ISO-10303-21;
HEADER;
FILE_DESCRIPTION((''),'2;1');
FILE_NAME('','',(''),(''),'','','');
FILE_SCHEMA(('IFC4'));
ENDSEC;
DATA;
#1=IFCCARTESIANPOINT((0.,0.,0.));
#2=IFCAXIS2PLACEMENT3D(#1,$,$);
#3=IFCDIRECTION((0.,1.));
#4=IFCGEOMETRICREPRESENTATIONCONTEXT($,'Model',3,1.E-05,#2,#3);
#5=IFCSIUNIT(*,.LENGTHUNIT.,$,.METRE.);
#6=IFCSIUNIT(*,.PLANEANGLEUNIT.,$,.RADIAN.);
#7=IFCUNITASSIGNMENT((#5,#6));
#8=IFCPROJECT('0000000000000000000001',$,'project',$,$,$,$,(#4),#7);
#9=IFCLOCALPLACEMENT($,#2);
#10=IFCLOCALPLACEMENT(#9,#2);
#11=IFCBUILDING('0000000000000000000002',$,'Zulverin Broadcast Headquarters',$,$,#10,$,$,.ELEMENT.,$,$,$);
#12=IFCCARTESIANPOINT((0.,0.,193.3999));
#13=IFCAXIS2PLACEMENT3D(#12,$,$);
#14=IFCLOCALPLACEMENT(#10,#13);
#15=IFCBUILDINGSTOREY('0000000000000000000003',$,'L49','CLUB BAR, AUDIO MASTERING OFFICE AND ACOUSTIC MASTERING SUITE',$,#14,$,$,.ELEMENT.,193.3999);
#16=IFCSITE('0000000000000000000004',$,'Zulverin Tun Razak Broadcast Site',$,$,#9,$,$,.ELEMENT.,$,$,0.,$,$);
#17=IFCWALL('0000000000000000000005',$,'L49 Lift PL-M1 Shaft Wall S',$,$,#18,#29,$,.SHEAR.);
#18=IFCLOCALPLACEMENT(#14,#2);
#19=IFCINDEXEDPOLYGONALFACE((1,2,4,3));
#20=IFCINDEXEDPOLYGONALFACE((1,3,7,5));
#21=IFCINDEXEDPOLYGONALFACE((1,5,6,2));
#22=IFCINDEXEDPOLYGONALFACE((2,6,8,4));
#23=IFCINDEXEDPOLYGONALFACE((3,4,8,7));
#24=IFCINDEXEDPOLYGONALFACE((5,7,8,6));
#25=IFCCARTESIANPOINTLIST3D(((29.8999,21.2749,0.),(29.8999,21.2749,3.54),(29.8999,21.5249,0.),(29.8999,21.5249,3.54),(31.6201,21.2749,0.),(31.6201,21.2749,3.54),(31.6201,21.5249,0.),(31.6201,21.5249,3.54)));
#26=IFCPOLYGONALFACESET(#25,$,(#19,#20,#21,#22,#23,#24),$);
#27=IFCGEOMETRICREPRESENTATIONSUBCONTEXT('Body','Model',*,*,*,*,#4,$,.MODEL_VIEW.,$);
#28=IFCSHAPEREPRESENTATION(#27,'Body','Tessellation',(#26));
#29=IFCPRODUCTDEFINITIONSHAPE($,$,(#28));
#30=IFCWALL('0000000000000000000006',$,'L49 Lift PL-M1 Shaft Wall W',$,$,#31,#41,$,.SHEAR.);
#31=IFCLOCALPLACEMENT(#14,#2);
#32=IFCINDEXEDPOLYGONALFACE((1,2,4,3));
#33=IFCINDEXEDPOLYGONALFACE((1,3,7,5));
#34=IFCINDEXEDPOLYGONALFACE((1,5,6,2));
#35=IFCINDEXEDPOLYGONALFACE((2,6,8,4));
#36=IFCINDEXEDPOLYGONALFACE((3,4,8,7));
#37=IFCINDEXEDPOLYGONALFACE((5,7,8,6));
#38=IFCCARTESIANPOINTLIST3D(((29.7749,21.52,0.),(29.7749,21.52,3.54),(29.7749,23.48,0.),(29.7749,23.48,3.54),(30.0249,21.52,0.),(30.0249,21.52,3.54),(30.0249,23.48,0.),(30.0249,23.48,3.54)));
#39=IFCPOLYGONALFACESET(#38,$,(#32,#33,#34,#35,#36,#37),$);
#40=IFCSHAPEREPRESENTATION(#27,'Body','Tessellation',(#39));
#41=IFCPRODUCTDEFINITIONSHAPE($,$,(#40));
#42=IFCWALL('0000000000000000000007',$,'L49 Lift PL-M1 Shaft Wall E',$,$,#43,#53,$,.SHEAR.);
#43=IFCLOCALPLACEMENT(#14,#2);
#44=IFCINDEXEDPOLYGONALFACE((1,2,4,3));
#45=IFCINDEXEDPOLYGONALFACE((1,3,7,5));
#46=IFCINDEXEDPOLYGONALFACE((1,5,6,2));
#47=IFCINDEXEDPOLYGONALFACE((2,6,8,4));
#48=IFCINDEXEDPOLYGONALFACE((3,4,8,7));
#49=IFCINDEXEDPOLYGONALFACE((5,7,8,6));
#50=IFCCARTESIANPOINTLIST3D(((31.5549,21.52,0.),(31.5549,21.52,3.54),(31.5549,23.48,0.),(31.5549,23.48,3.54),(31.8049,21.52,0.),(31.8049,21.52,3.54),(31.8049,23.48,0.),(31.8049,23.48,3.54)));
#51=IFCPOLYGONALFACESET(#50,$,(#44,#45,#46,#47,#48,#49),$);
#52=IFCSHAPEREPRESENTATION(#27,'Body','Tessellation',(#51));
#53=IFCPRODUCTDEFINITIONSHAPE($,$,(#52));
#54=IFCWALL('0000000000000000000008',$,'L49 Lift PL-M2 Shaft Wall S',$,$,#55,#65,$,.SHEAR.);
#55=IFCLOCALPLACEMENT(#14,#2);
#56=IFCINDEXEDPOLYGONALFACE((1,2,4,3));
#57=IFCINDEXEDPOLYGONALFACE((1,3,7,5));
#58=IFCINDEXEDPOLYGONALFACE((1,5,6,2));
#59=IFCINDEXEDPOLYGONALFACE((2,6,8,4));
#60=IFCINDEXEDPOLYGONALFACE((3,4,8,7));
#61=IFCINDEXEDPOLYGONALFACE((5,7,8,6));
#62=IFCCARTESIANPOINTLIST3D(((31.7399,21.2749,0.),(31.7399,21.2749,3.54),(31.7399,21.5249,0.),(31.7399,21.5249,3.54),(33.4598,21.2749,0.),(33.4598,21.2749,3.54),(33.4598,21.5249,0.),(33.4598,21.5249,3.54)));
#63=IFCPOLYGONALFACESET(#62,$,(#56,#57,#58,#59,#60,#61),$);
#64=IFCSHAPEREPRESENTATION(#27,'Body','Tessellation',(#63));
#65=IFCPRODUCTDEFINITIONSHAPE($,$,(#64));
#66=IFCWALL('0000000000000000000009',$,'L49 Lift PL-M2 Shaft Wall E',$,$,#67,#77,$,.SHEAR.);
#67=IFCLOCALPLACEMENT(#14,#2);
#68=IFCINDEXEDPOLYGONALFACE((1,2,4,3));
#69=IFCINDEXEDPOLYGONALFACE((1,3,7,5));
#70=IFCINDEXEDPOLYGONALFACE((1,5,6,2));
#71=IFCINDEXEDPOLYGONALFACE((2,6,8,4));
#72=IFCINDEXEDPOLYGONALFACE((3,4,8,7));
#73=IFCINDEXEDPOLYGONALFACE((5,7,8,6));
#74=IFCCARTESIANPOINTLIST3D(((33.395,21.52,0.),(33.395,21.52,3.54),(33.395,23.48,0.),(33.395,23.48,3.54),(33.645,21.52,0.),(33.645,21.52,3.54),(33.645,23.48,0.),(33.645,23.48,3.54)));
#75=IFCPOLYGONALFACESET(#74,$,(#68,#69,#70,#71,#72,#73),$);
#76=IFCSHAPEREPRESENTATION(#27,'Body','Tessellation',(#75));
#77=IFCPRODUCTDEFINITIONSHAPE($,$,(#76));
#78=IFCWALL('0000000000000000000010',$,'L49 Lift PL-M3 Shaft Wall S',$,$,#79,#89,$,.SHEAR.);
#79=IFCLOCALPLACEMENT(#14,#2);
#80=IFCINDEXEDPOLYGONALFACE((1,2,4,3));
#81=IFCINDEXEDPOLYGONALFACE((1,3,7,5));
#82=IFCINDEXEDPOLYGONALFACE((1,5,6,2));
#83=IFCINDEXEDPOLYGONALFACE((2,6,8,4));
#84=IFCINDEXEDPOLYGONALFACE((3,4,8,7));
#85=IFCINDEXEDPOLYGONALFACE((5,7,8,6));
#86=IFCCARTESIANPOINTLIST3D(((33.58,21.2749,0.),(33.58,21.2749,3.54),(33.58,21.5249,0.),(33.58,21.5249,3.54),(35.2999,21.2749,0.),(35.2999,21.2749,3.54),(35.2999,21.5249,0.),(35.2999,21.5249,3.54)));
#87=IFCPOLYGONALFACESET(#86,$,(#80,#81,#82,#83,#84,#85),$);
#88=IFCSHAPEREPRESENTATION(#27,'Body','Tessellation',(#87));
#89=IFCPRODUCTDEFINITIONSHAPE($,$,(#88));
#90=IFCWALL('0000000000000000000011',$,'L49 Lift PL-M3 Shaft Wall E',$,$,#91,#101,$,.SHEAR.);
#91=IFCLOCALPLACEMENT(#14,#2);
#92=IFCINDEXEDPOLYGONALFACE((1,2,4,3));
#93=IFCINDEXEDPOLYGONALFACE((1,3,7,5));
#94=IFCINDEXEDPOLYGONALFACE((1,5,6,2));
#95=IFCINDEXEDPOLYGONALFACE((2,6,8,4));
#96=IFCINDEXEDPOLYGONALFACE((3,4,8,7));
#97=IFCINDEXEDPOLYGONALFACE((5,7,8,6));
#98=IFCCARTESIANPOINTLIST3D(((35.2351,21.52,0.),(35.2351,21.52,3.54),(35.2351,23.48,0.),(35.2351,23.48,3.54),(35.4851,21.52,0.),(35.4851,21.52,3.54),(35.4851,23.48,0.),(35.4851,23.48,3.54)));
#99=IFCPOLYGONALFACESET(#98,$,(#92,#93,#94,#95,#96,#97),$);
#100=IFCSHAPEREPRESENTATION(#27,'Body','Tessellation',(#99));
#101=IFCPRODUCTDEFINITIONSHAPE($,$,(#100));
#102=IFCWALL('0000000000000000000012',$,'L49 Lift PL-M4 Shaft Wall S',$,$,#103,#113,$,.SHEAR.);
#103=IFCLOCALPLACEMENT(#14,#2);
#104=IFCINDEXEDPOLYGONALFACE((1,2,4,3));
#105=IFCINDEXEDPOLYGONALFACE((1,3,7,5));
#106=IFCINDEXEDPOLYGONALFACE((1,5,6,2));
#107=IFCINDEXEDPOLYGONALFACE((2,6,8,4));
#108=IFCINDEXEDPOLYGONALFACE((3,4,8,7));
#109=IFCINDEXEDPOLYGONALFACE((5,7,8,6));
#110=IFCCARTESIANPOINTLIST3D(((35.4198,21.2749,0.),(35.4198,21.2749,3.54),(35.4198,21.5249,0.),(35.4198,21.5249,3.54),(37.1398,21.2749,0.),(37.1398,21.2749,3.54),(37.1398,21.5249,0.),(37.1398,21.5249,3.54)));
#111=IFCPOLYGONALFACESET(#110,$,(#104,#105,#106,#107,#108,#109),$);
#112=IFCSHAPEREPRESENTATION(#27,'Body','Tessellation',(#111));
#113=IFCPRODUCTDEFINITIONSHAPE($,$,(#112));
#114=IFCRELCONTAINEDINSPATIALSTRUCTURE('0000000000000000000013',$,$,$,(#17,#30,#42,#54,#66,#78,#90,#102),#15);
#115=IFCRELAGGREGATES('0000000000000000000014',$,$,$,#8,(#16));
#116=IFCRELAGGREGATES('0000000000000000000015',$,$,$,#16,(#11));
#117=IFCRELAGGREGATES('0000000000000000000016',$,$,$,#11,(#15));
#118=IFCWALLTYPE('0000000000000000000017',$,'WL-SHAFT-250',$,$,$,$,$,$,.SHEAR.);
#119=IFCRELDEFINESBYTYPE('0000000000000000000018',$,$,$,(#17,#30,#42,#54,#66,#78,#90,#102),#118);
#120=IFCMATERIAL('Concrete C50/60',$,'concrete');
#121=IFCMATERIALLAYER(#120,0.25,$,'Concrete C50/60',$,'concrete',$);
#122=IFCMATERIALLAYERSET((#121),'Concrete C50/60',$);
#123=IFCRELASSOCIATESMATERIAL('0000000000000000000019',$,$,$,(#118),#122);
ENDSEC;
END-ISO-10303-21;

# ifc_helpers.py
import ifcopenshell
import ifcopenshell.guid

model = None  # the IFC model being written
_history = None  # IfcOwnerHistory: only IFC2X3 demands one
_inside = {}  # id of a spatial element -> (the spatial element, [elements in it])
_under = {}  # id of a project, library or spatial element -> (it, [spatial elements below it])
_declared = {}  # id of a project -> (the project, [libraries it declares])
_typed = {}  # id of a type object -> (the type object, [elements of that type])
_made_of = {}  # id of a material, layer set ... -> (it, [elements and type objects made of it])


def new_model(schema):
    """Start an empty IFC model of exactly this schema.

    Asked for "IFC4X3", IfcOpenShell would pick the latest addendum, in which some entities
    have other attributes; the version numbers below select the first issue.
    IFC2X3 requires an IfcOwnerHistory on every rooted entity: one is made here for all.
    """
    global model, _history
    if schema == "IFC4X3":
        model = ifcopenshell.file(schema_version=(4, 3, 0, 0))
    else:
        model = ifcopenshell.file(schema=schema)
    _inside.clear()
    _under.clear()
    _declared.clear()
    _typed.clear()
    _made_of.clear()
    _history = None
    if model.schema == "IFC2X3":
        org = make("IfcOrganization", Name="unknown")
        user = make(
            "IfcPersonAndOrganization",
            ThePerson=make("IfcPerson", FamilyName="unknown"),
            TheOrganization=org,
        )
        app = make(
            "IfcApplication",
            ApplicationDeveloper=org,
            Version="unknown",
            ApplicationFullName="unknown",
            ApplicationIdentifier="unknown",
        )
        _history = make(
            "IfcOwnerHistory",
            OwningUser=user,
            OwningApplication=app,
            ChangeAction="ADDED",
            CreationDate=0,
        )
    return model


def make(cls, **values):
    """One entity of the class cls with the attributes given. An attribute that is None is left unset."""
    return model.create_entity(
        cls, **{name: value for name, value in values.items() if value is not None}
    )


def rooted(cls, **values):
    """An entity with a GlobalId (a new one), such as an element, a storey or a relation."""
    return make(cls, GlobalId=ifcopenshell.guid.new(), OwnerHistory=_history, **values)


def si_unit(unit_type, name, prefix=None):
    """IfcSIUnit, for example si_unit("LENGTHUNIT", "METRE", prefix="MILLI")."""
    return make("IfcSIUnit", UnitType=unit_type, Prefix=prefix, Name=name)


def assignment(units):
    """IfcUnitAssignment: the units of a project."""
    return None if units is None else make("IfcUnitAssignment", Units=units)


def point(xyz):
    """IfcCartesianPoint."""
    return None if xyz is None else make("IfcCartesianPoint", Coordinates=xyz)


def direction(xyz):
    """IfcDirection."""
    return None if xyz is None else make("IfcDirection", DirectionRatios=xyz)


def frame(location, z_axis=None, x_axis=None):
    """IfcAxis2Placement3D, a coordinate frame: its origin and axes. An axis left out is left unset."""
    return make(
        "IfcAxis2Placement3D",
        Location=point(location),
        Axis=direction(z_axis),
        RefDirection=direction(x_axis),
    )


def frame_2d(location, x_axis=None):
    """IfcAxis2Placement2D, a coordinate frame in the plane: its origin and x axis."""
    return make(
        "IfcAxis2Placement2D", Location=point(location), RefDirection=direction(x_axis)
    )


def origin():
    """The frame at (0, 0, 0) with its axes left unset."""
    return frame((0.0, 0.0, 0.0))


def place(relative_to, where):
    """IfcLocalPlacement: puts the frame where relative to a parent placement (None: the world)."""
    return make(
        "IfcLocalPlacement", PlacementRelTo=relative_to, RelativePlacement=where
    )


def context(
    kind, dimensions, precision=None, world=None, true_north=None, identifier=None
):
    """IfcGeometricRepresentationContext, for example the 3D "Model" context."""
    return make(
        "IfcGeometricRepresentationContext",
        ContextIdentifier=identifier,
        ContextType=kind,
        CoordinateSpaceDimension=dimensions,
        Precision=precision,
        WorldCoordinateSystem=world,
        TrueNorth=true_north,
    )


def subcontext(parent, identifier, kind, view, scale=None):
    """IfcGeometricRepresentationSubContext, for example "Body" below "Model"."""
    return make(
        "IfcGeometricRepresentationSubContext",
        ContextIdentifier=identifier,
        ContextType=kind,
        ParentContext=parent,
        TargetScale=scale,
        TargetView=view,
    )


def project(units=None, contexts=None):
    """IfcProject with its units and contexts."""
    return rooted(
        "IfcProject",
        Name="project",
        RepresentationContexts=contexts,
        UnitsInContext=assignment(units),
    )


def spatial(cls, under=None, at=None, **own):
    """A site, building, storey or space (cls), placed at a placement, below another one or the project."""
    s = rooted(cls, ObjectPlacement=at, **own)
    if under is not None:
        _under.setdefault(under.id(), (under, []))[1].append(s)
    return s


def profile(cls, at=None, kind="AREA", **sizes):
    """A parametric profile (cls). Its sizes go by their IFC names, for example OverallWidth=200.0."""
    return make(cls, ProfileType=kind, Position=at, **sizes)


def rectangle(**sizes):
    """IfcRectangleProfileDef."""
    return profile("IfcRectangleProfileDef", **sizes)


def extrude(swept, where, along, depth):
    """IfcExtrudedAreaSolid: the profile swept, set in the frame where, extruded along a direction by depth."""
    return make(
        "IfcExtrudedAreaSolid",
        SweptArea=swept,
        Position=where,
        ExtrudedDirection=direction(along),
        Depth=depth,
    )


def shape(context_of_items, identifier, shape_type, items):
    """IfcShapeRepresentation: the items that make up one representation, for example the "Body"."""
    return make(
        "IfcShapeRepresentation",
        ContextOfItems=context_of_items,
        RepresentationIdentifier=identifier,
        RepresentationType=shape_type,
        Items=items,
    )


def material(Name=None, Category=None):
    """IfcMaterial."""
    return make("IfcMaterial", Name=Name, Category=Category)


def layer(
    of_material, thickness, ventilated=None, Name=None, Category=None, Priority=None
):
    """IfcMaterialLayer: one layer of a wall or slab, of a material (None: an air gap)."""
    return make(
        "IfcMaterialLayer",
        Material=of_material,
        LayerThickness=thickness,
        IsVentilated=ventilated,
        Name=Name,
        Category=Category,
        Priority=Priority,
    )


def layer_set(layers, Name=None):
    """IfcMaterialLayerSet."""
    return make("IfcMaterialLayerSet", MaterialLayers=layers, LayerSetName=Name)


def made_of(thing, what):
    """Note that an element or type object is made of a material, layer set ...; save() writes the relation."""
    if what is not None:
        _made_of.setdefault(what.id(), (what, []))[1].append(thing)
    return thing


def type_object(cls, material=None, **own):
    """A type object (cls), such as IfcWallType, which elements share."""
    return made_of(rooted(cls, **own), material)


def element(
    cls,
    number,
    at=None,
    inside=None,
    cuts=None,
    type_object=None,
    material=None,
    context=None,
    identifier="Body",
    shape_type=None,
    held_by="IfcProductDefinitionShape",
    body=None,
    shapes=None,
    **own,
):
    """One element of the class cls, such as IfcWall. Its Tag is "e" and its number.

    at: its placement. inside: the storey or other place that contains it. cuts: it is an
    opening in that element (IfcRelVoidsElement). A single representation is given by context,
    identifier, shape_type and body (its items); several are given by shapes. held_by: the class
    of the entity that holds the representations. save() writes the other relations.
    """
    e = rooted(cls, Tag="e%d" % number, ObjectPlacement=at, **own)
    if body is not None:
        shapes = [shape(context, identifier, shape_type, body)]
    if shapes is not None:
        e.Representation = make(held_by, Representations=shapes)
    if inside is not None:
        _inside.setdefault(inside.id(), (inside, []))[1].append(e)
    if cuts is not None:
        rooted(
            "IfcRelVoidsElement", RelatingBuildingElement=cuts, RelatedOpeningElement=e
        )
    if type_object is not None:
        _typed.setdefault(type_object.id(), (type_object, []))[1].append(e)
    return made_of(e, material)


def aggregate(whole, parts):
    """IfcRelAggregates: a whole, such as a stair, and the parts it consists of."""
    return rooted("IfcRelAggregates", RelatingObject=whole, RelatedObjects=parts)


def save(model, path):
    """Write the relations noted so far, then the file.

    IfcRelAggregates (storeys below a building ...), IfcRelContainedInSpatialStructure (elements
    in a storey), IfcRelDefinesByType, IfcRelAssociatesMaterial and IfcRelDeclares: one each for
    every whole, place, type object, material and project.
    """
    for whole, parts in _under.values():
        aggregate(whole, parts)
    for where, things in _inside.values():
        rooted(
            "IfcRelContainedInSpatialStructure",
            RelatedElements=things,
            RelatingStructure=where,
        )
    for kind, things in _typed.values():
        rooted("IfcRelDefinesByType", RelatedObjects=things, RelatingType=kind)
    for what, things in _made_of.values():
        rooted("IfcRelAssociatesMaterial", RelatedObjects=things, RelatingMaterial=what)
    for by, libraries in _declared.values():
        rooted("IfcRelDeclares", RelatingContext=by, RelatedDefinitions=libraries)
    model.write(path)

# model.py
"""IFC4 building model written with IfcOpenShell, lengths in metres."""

from ifc_helpers import new_model, si_unit, direction, frame, frame_2d, origin, place, context, subcontext, project, spatial, rectangle, extrude, material, layer, layer_set, type_object, element, save


model = new_model("IFC4")

# Units and contexts
model_context = context("Model", 3, precision=1e-05, world=origin(), true_north=direction((0.0, 1.0)))
body_context = subcontext(model_context, "Body", "Model", "MODEL_VIEW")
ifc_project = project(units=[si_unit("LENGTHUNIT", "METRE"), si_unit("PLANEANGLEUNIT", "RADIAN")], contexts=[model_context])

# Site, building, storey
site_placement = place(None, origin())
site = spatial("IfcSite", under=ifc_project, at=site_placement, Name="Zulverin Tun Razak Broadcast Site", CompositionType="ELEMENT", RefElevation=0.0)
building_placement = place(site_placement, origin())
building = spatial("IfcBuilding", under=site, at=building_placement, Name="Zulverin Broadcast Headquarters", CompositionType="ELEMENT")
storey_placement = place(building_placement, frame((0.0, 0.0, 193.3999)))
storey = spatial("IfcBuildingStorey", under=building, at=storey_placement, Name="L49", Description="CLUB BAR, AUDIO MASTERING OFFICE AND ACOUSTIC MASTERING SUITE", CompositionType="ELEMENT", Elevation=193.3999)

# Wall
ifc_material_1 = material(Name="Concrete C50/60", Category="concrete")
ifc_layer_1 = layer(ifc_material_1, 0.25, Name="Concrete C50/60", Category="concrete")
ifc_layer_set_1 = layer_set([ifc_layer_1], Name="Concrete C50/60")
wall_type_1 = type_object("IfcWallType", Name="WL-SHAFT-250", PredefinedType="SHEAR", material=ifc_layer_set_1)
wall_1_placement = place(storey_placement, frame((29.8999, 21.3999, 0.0), z_axis=(0.0, 0.0, 1.0), x_axis=(1.0, 0.0, 0.0)))
element("IfcWall", 1, at=wall_1_placement, inside=storey, type_object=wall_type_1, Name="L49 Lift PL-M1 Shaft Wall S", PredefinedType="SHEAR", context=body_context, shape_type="SweptSolid", body=[
    extrude(rectangle(XDim=1.7202, YDim=0.25, at=frame_2d((0.8601, 0.0))), origin(), (0.0, 0.0, 1.0), 3.54),
])

# Walls
for number, where, z_axis, x_axis, name in (
    (2, (29.8999, 21.52, 0.0), (0.0, 0.0, 1.0), (0.0, 1.0, 0.0), "L49 Lift PL-M1 Shaft Wall W"),
    (3, (31.6799, 21.52, 0.0), (0.0, 0.0, 1.0), (0.0, 1.0, 0.0), "L49 Lift PL-M1 Shaft Wall E"),
):
    element("IfcWall", number, at=place(storey_placement, frame(where, z_axis=z_axis, x_axis=x_axis)), inside=storey, type_object=wall_type_1, Name=name, PredefinedType="SHEAR", context=body_context, shape_type="SweptSolid", body=[
        extrude(rectangle(XDim=1.96, YDim=0.25, at=frame_2d((0.98, 0.0))), origin(), (0.0, 0.0, 1.0), 3.54),
    ])
wall_2_placement = place(storey_placement, frame((31.74, 21.3999, 0.0), z_axis=(0.0, 0.0, 1.0), x_axis=(1.0, 0.0, 0.0)))
element("IfcWall", 4, at=wall_2_placement, inside=storey, type_object=wall_type_1, Name="L49 Lift PL-M2 Shaft Wall S", PredefinedType="SHEAR", context=body_context, shape_type="SweptSolid", body=[
    extrude(rectangle(XDim=1.72, YDim=0.25, at=frame_2d((0.8599, 0.0))), origin(), (0.0, 0.0, 1.0), 3.54),
])

# Walls
wall_3_placement = place(storey_placement, frame((33.52, 21.52, 0.0), z_axis=(0.0, 0.0, 1.0), x_axis=(0.0, 1.0, 0.0)))
element("IfcWall", 5, at=wall_3_placement, inside=storey, type_object=wall_type_1, Name="L49 Lift PL-M2 Shaft Wall E", PredefinedType="SHEAR", context=body_context, shape_type="SweptSolid", body=[
    extrude(rectangle(XDim=1.96, YDim=0.25, at=frame_2d((0.98, 0.0))), origin(), (0.0, 0.0, 1.0), 3.54),
])
wall_4_placement = place(storey_placement, frame((33.5801, 21.3999, 0.0), z_axis=(0.0, 0.0, 1.0), x_axis=(1.0, 0.0, 0.0)))
element("IfcWall", 6, at=wall_4_placement, inside=storey, type_object=wall_type_1, Name="L49 Lift PL-M3 Shaft Wall S", PredefinedType="SHEAR", context=body_context, shape_type="SweptSolid", body=[
    extrude(rectangle(XDim=1.72, YDim=0.25, at=frame_2d((0.8599, 0.0))), origin(), (0.0, 0.0, 1.0), 3.54),
])
wall_5_placement = place(storey_placement, frame((35.3601, 21.52, 0.0), z_axis=(0.0, 0.0, 1.0), x_axis=(0.0, 1.0, 0.0)))
element("IfcWall", 7, at=wall_5_placement, inside=storey, type_object=wall_type_1, Name="L49 Lift PL-M3 Shaft Wall E", PredefinedType="SHEAR", context=body_context, shape_type="SweptSolid", body=[
    extrude(rectangle(XDim=1.96, YDim=0.25, at=frame_2d((0.98, 0.0))), origin(), (0.0, 0.0, 1.0), 3.54),
])
wall_6_placement = place(storey_placement, frame((35.4199, 21.3999, 0.0), z_axis=(0.0, 0.0, 1.0), x_axis=(1.0, 0.0, 0.0)))
element("IfcWall", 8, at=wall_6_placement, inside=storey, type_object=wall_type_1, Name="L49 Lift PL-M4 Shaft Wall S", PredefinedType="SHEAR", context=body_context, shape_type="SweptSolid", body=[
    extrude(rectangle(XDim=1.72, YDim=0.25, at=frame_2d((0.8599, 0.0))), origin(), (0.0, 0.0, 1.0), 3.54),
])

save(model, "model.ifc")
